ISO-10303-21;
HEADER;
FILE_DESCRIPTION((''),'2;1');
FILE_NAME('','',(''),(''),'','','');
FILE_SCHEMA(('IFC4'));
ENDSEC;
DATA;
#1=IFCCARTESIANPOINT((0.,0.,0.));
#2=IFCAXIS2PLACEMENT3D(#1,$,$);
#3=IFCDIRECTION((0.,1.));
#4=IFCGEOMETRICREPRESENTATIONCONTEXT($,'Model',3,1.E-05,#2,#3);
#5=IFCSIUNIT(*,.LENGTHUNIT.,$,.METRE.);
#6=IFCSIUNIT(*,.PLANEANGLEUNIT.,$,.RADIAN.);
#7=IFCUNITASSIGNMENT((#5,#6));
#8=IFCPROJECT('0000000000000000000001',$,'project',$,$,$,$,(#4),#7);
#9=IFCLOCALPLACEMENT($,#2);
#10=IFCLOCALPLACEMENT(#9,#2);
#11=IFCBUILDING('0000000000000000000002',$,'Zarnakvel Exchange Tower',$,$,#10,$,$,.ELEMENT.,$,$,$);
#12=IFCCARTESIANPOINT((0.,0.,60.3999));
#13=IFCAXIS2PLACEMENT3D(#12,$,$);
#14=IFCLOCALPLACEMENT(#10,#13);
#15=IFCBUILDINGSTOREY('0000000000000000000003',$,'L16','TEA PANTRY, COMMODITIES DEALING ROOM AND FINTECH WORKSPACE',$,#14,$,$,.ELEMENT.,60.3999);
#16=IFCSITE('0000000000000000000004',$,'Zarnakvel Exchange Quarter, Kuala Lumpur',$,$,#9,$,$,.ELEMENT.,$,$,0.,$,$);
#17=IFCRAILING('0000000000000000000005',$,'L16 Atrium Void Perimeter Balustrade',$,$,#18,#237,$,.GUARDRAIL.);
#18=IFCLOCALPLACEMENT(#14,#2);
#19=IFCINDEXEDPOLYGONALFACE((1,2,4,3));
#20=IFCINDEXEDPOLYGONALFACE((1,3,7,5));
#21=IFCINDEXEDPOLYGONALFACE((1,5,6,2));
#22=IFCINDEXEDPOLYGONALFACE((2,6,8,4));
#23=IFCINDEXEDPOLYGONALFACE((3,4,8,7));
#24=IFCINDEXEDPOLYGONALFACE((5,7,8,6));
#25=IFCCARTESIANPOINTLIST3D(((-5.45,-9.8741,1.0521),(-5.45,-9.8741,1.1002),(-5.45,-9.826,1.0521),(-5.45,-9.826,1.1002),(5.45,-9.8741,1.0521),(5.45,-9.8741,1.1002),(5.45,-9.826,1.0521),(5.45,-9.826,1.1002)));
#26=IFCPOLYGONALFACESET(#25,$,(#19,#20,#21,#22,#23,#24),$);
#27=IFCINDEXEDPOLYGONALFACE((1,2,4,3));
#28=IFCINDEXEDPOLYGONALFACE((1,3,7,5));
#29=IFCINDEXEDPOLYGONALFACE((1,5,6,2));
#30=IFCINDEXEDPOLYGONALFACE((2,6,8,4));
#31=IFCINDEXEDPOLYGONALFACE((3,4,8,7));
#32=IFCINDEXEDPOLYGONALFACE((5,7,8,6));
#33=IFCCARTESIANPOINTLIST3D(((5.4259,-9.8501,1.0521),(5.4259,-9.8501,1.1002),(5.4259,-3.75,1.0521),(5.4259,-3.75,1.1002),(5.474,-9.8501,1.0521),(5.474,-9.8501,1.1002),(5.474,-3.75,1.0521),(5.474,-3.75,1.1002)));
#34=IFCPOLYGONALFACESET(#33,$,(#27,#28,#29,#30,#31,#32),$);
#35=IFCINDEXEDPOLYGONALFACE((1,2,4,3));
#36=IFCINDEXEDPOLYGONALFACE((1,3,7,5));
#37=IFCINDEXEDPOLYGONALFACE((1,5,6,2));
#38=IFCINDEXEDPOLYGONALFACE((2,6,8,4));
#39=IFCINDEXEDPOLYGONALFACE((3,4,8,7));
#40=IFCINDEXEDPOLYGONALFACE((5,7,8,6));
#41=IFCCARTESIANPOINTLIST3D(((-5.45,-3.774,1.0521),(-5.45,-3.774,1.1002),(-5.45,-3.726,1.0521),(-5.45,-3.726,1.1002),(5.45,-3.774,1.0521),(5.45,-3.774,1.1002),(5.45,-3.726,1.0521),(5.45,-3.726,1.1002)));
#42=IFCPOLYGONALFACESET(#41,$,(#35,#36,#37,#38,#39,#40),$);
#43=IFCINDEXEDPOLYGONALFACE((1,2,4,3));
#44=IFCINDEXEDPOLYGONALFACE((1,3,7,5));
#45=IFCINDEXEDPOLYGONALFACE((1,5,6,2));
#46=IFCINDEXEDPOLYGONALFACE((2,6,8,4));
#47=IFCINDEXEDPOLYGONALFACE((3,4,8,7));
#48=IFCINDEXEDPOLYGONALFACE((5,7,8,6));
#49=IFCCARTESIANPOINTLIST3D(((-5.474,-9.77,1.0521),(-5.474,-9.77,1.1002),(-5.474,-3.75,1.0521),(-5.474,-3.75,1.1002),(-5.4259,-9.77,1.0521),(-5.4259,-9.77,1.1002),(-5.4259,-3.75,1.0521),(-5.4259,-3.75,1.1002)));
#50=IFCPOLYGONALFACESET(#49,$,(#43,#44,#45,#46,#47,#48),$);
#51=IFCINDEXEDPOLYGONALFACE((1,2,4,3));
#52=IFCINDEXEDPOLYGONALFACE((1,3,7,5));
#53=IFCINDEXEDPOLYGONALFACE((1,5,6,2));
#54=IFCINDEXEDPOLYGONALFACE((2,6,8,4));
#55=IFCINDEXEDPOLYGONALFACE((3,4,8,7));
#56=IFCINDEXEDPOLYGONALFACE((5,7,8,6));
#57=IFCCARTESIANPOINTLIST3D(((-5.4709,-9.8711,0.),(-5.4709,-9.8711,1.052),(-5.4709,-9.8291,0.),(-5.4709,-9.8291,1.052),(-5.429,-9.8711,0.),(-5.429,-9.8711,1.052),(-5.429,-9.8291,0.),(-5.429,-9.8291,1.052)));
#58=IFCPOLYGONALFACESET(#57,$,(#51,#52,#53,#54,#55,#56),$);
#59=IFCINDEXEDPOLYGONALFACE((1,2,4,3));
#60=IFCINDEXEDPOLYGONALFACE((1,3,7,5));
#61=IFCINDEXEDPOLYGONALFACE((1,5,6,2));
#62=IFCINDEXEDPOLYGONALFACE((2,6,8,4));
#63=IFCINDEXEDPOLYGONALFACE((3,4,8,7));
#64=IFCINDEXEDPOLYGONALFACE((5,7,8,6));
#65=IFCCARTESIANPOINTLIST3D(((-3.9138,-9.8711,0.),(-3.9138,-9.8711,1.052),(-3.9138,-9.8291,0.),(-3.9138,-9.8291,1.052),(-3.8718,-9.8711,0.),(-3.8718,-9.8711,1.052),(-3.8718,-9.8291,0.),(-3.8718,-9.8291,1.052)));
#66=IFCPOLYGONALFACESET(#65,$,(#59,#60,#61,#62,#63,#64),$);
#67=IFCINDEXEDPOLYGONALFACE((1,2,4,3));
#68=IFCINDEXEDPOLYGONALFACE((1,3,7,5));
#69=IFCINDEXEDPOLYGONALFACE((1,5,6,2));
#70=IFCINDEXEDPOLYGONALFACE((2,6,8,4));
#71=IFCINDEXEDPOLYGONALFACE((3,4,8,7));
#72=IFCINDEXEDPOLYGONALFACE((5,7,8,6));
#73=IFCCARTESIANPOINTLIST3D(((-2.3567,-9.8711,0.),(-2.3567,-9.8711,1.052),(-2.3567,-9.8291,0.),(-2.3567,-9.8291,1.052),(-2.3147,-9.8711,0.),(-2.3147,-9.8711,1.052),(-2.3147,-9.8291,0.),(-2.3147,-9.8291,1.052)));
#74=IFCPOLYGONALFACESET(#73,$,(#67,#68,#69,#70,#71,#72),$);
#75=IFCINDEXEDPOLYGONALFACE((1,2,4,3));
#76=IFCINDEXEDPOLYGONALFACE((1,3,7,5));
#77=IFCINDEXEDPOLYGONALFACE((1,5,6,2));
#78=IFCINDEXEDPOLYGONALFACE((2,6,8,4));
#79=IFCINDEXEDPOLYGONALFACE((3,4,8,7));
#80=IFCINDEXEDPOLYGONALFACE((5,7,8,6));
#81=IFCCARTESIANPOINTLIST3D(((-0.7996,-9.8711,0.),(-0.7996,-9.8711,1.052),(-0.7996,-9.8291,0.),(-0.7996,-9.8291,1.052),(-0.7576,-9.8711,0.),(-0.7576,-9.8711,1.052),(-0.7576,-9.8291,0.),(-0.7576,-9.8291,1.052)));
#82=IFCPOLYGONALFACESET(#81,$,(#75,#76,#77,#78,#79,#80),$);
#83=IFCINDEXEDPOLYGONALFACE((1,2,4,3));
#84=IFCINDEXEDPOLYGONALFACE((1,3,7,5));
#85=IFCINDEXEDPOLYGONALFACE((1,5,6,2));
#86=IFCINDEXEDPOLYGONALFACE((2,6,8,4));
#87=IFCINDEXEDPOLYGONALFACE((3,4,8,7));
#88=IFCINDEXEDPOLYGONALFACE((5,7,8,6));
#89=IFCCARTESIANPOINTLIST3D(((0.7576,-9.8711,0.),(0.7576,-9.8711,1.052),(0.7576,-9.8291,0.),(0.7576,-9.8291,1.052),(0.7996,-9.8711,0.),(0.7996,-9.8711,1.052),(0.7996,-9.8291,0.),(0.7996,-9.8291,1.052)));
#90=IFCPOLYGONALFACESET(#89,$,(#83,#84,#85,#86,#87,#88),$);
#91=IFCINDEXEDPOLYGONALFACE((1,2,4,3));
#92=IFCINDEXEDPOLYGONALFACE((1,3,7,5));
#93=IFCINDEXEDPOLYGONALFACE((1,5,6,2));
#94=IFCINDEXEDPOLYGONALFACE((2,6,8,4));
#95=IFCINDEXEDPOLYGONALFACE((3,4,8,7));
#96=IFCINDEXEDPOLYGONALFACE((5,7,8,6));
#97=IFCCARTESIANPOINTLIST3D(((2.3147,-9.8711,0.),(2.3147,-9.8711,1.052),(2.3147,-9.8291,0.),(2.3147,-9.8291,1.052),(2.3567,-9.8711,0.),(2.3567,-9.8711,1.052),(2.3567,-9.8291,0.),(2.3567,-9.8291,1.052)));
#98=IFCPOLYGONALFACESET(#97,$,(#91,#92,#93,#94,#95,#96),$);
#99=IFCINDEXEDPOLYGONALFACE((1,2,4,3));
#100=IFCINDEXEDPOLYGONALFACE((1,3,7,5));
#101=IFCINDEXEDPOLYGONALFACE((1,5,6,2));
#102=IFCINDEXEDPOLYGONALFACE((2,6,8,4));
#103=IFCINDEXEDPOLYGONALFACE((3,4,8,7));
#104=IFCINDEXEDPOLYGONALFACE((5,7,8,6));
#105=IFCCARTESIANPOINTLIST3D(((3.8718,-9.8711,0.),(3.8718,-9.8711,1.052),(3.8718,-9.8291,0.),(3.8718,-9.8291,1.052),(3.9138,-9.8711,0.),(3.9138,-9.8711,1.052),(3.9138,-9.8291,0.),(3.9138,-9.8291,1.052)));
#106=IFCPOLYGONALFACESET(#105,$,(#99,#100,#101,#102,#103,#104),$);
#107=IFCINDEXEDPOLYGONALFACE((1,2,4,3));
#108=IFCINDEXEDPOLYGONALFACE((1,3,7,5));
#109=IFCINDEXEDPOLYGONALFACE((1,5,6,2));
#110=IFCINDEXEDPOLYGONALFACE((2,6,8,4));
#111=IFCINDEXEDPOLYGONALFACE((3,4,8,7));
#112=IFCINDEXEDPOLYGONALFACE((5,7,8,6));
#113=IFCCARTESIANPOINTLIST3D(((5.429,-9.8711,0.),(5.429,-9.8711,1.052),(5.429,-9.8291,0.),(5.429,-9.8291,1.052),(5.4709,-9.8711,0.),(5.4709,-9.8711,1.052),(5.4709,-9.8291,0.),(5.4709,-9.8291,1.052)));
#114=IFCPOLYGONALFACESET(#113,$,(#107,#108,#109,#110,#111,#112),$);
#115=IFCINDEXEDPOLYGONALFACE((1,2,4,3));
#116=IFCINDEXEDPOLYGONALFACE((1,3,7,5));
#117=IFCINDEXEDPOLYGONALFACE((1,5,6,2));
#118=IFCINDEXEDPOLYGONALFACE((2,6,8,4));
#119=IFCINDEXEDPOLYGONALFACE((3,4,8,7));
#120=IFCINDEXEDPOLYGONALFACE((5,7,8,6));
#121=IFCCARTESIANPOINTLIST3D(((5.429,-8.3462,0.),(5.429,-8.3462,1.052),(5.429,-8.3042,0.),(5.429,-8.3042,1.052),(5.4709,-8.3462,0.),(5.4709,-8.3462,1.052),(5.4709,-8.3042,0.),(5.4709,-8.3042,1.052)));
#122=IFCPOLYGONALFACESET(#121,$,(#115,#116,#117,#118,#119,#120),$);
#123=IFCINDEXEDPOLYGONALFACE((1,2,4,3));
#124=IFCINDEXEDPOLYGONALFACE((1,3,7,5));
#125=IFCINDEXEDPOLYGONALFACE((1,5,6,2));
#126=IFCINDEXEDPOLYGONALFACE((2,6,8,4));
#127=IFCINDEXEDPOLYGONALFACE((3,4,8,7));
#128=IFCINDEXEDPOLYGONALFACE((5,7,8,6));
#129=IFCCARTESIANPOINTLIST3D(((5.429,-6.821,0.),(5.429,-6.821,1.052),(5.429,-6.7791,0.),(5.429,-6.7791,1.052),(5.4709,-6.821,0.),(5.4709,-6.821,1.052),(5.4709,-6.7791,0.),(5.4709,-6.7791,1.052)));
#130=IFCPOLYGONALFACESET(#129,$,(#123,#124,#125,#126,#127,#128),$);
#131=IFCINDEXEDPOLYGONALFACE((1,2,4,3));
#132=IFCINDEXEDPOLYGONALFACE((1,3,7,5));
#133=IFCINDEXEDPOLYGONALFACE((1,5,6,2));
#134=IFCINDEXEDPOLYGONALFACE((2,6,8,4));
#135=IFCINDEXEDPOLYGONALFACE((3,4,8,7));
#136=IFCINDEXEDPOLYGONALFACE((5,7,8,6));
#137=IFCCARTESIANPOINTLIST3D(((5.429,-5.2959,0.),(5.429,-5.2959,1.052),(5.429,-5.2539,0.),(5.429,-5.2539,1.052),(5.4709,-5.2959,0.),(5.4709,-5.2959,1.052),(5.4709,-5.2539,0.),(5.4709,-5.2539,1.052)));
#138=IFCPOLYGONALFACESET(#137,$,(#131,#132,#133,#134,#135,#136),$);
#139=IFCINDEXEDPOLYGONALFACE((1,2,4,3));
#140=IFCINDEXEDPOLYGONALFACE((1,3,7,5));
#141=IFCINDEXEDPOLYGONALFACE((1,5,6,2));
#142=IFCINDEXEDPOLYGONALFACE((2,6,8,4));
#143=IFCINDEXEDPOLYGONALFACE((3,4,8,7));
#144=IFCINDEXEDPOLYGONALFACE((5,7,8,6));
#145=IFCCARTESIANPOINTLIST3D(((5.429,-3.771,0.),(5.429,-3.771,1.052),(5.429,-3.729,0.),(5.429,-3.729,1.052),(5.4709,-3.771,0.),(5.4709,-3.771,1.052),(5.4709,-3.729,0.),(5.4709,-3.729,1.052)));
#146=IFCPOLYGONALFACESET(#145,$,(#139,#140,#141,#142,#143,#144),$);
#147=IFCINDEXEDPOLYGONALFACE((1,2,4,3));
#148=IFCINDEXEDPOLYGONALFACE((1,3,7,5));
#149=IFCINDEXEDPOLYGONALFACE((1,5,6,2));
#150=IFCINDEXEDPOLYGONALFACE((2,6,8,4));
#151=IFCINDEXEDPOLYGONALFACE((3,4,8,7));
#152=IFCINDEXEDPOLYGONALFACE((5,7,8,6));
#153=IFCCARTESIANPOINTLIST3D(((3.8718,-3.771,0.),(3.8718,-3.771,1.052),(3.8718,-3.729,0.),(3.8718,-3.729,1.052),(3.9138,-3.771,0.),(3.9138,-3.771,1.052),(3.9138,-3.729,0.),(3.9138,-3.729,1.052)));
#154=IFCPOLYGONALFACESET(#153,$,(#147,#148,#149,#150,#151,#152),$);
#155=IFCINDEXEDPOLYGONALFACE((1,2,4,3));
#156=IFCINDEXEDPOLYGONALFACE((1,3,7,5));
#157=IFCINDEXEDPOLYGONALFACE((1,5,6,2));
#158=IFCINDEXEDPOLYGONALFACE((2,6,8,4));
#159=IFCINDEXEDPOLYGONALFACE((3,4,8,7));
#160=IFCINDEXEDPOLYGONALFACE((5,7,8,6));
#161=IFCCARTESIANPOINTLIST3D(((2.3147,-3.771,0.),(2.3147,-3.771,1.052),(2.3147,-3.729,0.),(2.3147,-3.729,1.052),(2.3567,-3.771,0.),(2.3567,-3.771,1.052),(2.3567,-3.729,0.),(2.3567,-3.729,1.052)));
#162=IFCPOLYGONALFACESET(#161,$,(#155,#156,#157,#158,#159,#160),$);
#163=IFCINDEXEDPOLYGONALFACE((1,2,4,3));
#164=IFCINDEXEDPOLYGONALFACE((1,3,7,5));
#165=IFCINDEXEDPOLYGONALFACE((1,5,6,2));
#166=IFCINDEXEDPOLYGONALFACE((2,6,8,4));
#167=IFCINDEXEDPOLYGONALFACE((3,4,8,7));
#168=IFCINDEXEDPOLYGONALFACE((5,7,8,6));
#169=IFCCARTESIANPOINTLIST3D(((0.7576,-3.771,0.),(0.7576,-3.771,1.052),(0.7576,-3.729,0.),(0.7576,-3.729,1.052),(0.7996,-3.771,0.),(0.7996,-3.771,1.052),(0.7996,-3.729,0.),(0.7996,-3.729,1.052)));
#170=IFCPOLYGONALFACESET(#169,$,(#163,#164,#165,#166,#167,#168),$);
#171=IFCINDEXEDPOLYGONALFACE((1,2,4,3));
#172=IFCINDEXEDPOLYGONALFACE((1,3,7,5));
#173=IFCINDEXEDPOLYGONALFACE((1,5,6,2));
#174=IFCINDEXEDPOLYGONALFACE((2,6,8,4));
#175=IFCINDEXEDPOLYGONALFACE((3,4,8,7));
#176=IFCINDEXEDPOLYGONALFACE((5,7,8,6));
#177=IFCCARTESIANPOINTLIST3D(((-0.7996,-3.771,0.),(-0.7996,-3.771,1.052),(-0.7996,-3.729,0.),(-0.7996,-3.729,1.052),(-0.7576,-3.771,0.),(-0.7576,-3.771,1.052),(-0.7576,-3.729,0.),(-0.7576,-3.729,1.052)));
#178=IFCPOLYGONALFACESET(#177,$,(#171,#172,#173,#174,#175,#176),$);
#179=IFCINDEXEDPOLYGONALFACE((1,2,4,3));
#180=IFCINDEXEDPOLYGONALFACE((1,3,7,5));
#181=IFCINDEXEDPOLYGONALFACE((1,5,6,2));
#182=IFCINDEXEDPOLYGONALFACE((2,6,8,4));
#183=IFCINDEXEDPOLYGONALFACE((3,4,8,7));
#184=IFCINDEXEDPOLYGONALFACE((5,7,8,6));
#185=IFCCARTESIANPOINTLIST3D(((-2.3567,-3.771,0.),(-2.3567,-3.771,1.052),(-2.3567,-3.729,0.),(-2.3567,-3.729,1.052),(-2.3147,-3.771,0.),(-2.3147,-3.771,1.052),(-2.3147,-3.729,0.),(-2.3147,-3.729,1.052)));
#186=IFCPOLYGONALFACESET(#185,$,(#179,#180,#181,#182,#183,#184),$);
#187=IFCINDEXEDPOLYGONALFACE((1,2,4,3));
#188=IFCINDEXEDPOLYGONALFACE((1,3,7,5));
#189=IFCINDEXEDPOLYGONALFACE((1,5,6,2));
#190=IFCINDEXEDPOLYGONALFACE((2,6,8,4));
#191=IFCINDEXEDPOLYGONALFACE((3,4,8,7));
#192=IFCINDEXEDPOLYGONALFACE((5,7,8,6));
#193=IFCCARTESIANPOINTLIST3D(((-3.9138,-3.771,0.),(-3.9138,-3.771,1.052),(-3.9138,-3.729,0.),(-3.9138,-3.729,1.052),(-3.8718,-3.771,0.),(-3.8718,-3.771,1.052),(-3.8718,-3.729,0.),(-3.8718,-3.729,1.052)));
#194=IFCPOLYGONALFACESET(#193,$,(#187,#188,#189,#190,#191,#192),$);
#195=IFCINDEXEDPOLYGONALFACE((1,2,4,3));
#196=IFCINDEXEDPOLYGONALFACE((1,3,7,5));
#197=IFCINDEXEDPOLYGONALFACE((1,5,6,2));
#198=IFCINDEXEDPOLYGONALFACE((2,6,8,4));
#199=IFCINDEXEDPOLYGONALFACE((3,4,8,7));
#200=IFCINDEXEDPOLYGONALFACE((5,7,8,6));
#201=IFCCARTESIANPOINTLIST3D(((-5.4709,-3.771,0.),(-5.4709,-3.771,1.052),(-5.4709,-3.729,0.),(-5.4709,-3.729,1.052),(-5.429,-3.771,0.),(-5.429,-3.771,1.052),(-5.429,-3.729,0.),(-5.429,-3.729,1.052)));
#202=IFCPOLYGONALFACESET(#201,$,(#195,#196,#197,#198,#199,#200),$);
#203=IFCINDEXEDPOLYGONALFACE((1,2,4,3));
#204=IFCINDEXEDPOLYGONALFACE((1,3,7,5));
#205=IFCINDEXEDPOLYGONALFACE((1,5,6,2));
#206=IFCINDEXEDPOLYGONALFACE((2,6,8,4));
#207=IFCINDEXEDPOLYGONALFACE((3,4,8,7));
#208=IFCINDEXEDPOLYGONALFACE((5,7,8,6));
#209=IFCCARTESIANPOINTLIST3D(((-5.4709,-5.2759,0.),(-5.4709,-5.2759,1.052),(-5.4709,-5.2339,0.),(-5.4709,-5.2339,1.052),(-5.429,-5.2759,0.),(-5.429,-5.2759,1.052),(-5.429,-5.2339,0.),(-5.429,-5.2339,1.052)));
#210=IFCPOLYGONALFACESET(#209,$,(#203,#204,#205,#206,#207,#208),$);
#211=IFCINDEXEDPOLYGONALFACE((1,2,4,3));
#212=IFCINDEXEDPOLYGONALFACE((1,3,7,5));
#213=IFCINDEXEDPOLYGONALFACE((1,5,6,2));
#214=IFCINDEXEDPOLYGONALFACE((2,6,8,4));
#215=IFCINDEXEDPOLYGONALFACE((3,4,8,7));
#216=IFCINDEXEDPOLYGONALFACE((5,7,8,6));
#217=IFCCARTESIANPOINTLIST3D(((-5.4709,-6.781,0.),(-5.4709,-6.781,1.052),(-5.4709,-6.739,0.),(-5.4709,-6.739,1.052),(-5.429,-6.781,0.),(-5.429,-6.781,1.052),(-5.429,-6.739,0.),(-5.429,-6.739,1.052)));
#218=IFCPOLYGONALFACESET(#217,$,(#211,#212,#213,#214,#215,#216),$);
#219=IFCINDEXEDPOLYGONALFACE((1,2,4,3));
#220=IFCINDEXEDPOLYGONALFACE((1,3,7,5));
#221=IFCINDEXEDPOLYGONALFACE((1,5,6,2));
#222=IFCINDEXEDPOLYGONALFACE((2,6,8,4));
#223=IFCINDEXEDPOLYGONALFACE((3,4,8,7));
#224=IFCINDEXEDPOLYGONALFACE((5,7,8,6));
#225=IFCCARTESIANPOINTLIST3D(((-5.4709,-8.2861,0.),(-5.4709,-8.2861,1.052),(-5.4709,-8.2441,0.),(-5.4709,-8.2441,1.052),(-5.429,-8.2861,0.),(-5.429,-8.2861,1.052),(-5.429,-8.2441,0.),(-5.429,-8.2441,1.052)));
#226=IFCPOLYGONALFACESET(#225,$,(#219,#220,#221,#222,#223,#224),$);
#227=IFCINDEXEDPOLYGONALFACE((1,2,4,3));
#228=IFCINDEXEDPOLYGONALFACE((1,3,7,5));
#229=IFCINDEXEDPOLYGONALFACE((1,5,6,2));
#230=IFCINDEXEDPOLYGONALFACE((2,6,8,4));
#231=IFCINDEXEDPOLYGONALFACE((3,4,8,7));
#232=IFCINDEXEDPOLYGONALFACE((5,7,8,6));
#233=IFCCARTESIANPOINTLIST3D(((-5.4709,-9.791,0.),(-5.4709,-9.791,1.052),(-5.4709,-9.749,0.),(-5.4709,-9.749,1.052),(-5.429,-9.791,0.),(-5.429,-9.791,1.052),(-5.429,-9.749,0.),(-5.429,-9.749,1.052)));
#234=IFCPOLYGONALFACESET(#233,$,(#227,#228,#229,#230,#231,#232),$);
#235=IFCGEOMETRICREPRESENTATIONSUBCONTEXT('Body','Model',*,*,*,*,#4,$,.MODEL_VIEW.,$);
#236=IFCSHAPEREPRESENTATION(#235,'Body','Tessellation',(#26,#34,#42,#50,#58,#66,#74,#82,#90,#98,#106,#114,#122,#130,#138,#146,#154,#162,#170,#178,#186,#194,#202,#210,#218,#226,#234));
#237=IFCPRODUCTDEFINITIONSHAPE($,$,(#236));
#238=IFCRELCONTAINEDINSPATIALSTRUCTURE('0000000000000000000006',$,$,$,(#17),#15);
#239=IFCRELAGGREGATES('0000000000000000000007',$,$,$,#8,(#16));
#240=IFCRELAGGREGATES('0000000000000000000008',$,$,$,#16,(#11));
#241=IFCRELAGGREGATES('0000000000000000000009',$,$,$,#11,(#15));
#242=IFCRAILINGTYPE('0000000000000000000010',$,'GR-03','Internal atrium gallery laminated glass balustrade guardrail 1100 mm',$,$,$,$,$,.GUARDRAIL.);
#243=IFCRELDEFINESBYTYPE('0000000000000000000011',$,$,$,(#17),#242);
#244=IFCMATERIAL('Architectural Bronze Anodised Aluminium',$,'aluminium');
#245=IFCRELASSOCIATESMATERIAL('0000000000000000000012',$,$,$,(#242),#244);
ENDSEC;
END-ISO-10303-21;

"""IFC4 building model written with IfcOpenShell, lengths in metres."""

from ifc_helpers import new_model, si_unit, direction, frame, origin, origin_2d, place, context, subcontext, project, spatial, rectangle, extrude, material, type_object, element, save


model = new_model("IFC4")

# Units and contexts
model_context = context("Model", 3, precision=1e-05, world=origin(), true_north=direction((0.0, 1.0)))
body_context = subcontext(model_context, "Body", "Model", "MODEL_VIEW")
ifc_project = project(units=[si_unit("LENGTHUNIT", "METRE"), si_unit("PLANEANGLEUNIT", "RADIAN")], contexts=[model_context])

# Site, building, storey
site_placement = place(None, origin())
site = spatial("IfcSite", under=ifc_project, at=site_placement, Name="Zarnakvel Exchange Quarter, Kuala Lumpur", CompositionType="ELEMENT", RefElevation=0.0)
building_placement = place(site_placement, origin())
building = spatial("IfcBuilding", under=site, at=building_placement, Name="Zarnakvel Exchange Tower", CompositionType="ELEMENT")
storey_placement = place(building_placement, frame((0.0, 0.0, 60.3999)))
storey = spatial("IfcBuildingStorey", under=building, at=storey_placement, Name="L16", Description="TEA PANTRY, COMMODITIES DEALING ROOM AND FINTECH WORKSPACE", CompositionType="ELEMENT", Elevation=60.3999)

# Railing
ifc_material_1 = material(Name="Architectural Bronze Anodised Aluminium", Category="aluminium")
railing_type = type_object("IfcRailingType", Name="GR-03", Description="Internal atrium gallery laminated glass balustrade guardrail 1100 mm", PredefinedType="GUARDRAIL", material=ifc_material_1)
railing_placement = place(storey_placement, frame((-5.45, -9.8501, 0.0)))
element("IfcRailing", 1, at=railing_placement, inside=storey, type_object=railing_type, Name="L16 Atrium Void Perimeter Balustrade", PredefinedType="GUARDRAIL", context=body_context, shape_type="SweptSolid", body=[
    extrude(rectangle(XDim=0.0481, YDim=0.0481, at=origin_2d()), frame((0.0, 0.0, 1.0762), z_axis=(1.0, 0.0, 0.0), x_axis=(0.0, 1.0, 0.0)), (0.0, 0.0, 1.0), 10.8999),
    extrude(rectangle(XDim=0.0481, YDim=0.0481, at=origin_2d()), frame((10.8999, 0.0, 1.0762), z_axis=(0.0, 1.0, 0.0), x_axis=(-1.0, 0.0, 0.0)), (0.0, 0.0, 1.0), 6.1001),
    extrude(rectangle(XDim=0.0481, YDim=0.0481, at=origin_2d()), frame((10.8999, 6.1001, 1.0762), z_axis=(-1.0, 0.0, 0.0), x_axis=(0.0, -1.0, 0.0)), (0.0, 0.0, 1.0), 10.8999),
    extrude(rectangle(XDim=0.0481, YDim=0.0481, at=origin_2d()), frame((0.0, 6.1001, 1.0762), z_axis=(0.0, -1.0, 0.0), x_axis=(1.0, 0.0, 0.0)), (0.0, 0.0, 1.0), 6.02),
    extrude(rectangle(XDim=0.042, YDim=0.042, at=origin_2d()), origin(), (0.0, 0.0, 1.0), 1.052),
    extrude(rectangle(XDim=0.042, YDim=0.042, at=origin_2d()), frame((1.5571, 0.0, 0.0)), (0.0, 0.0, 1.0), 1.052),
    extrude(rectangle(XDim=0.042, YDim=0.042, at=origin_2d()), frame((3.1143, 0.0, 0.0)), (0.0, 0.0, 1.0), 1.052),
    extrude(rectangle(XDim=0.042, YDim=0.042, at=origin_2d()), frame((4.6714, 0.0, 0.0)), (0.0, 0.0, 1.0), 1.052),
    extrude(rectangle(XDim=0.042, YDim=0.042, at=origin_2d()), frame((6.2285, 0.0, 0.0)), (0.0, 0.0, 1.0), 1.052),
    extrude(rectangle(XDim=0.042, YDim=0.042, at=origin_2d()), frame((7.7856, 0.0, 0.0)), (0.0, 0.0, 1.0), 1.052),
    extrude(rectangle(XDim=0.042, YDim=0.042, at=origin_2d()), frame((9.3428, 0.0, 0.0)), (0.0, 0.0, 1.0), 1.052),
    extrude(rectangle(XDim=0.042, YDim=0.042, at=origin_2d()), frame((10.8999, 0.0, 0.0)), (0.0, 0.0, 1.0), 1.052),
    extrude(rectangle(XDim=0.042, YDim=0.042, at=origin_2d()), frame((10.8999, 1.5249, 0.0)), (0.0, 0.0, 1.0), 1.052),
    extrude(rectangle(XDim=0.042, YDim=0.042, at=origin_2d()), frame((10.8999, 3.05, 0.0)), (0.0, 0.0, 1.0), 1.052),
    extrude(rectangle(XDim=0.042, YDim=0.042, at=origin_2d()), frame((10.8999, 4.5752, 0.0)), (0.0, 0.0, 1.0), 1.052),
    extrude(rectangle(XDim=0.042, YDim=0.042, at=origin_2d()), frame((10.8999, 6.1001, 0.0)), (0.0, 0.0, 1.0), 1.052),
    extrude(rectangle(XDim=0.042, YDim=0.042, at=origin_2d()), frame((9.3428, 6.1001, 0.0)), (0.0, 0.0, 1.0), 1.052),
    extrude(rectangle(XDim=0.042, YDim=0.042, at=origin_2d()), frame((7.7856, 6.1001, 0.0)), (0.0, 0.0, 1.0), 1.052),
    extrude(rectangle(XDim=0.042, YDim=0.042, at=origin_2d()), frame((6.2285, 6.1001, 0.0)), (0.0, 0.0, 1.0), 1.052),
    extrude(rectangle(XDim=0.042, YDim=0.042, at=origin_2d()), frame((4.6714, 6.1001, 0.0)), (0.0, 0.0, 1.0), 1.052),
    extrude(rectangle(XDim=0.042, YDim=0.042, at=origin_2d()), frame((3.1143, 6.1001, 0.0)), (0.0, 0.0, 1.0), 1.052),
    extrude(rectangle(XDim=0.042, YDim=0.042, at=origin_2d()), frame((1.5571, 6.1001, 0.0)), (0.0, 0.0, 1.0), 1.052),
    extrude(rectangle(XDim=0.042, YDim=0.042, at=origin_2d()), frame((0.0, 6.1001, 0.0)), (0.0, 0.0, 1.0), 1.052),
    extrude(rectangle(XDim=0.042, YDim=0.042, at=origin_2d()), frame((0.0, 4.5952, 0.0)), (0.0, 0.0, 1.0), 1.052),
    extrude(rectangle(XDim=0.042, YDim=0.042, at=origin_2d()), frame((0.0, 3.0901, 0.0)), (0.0, 0.0, 1.0), 1.052),
    extrude(rectangle(XDim=0.042, YDim=0.042, at=origin_2d()), frame((0.0, 1.585, 0.0)), (0.0, 0.0, 1.0), 1.052),
    extrude(rectangle(XDim=0.042, YDim=0.042, at=origin_2d()), frame((0.0, 0.0801, 0.0)), (0.0, 0.0, 1.0), 1.052),
])

save(model, "model.ifc")
